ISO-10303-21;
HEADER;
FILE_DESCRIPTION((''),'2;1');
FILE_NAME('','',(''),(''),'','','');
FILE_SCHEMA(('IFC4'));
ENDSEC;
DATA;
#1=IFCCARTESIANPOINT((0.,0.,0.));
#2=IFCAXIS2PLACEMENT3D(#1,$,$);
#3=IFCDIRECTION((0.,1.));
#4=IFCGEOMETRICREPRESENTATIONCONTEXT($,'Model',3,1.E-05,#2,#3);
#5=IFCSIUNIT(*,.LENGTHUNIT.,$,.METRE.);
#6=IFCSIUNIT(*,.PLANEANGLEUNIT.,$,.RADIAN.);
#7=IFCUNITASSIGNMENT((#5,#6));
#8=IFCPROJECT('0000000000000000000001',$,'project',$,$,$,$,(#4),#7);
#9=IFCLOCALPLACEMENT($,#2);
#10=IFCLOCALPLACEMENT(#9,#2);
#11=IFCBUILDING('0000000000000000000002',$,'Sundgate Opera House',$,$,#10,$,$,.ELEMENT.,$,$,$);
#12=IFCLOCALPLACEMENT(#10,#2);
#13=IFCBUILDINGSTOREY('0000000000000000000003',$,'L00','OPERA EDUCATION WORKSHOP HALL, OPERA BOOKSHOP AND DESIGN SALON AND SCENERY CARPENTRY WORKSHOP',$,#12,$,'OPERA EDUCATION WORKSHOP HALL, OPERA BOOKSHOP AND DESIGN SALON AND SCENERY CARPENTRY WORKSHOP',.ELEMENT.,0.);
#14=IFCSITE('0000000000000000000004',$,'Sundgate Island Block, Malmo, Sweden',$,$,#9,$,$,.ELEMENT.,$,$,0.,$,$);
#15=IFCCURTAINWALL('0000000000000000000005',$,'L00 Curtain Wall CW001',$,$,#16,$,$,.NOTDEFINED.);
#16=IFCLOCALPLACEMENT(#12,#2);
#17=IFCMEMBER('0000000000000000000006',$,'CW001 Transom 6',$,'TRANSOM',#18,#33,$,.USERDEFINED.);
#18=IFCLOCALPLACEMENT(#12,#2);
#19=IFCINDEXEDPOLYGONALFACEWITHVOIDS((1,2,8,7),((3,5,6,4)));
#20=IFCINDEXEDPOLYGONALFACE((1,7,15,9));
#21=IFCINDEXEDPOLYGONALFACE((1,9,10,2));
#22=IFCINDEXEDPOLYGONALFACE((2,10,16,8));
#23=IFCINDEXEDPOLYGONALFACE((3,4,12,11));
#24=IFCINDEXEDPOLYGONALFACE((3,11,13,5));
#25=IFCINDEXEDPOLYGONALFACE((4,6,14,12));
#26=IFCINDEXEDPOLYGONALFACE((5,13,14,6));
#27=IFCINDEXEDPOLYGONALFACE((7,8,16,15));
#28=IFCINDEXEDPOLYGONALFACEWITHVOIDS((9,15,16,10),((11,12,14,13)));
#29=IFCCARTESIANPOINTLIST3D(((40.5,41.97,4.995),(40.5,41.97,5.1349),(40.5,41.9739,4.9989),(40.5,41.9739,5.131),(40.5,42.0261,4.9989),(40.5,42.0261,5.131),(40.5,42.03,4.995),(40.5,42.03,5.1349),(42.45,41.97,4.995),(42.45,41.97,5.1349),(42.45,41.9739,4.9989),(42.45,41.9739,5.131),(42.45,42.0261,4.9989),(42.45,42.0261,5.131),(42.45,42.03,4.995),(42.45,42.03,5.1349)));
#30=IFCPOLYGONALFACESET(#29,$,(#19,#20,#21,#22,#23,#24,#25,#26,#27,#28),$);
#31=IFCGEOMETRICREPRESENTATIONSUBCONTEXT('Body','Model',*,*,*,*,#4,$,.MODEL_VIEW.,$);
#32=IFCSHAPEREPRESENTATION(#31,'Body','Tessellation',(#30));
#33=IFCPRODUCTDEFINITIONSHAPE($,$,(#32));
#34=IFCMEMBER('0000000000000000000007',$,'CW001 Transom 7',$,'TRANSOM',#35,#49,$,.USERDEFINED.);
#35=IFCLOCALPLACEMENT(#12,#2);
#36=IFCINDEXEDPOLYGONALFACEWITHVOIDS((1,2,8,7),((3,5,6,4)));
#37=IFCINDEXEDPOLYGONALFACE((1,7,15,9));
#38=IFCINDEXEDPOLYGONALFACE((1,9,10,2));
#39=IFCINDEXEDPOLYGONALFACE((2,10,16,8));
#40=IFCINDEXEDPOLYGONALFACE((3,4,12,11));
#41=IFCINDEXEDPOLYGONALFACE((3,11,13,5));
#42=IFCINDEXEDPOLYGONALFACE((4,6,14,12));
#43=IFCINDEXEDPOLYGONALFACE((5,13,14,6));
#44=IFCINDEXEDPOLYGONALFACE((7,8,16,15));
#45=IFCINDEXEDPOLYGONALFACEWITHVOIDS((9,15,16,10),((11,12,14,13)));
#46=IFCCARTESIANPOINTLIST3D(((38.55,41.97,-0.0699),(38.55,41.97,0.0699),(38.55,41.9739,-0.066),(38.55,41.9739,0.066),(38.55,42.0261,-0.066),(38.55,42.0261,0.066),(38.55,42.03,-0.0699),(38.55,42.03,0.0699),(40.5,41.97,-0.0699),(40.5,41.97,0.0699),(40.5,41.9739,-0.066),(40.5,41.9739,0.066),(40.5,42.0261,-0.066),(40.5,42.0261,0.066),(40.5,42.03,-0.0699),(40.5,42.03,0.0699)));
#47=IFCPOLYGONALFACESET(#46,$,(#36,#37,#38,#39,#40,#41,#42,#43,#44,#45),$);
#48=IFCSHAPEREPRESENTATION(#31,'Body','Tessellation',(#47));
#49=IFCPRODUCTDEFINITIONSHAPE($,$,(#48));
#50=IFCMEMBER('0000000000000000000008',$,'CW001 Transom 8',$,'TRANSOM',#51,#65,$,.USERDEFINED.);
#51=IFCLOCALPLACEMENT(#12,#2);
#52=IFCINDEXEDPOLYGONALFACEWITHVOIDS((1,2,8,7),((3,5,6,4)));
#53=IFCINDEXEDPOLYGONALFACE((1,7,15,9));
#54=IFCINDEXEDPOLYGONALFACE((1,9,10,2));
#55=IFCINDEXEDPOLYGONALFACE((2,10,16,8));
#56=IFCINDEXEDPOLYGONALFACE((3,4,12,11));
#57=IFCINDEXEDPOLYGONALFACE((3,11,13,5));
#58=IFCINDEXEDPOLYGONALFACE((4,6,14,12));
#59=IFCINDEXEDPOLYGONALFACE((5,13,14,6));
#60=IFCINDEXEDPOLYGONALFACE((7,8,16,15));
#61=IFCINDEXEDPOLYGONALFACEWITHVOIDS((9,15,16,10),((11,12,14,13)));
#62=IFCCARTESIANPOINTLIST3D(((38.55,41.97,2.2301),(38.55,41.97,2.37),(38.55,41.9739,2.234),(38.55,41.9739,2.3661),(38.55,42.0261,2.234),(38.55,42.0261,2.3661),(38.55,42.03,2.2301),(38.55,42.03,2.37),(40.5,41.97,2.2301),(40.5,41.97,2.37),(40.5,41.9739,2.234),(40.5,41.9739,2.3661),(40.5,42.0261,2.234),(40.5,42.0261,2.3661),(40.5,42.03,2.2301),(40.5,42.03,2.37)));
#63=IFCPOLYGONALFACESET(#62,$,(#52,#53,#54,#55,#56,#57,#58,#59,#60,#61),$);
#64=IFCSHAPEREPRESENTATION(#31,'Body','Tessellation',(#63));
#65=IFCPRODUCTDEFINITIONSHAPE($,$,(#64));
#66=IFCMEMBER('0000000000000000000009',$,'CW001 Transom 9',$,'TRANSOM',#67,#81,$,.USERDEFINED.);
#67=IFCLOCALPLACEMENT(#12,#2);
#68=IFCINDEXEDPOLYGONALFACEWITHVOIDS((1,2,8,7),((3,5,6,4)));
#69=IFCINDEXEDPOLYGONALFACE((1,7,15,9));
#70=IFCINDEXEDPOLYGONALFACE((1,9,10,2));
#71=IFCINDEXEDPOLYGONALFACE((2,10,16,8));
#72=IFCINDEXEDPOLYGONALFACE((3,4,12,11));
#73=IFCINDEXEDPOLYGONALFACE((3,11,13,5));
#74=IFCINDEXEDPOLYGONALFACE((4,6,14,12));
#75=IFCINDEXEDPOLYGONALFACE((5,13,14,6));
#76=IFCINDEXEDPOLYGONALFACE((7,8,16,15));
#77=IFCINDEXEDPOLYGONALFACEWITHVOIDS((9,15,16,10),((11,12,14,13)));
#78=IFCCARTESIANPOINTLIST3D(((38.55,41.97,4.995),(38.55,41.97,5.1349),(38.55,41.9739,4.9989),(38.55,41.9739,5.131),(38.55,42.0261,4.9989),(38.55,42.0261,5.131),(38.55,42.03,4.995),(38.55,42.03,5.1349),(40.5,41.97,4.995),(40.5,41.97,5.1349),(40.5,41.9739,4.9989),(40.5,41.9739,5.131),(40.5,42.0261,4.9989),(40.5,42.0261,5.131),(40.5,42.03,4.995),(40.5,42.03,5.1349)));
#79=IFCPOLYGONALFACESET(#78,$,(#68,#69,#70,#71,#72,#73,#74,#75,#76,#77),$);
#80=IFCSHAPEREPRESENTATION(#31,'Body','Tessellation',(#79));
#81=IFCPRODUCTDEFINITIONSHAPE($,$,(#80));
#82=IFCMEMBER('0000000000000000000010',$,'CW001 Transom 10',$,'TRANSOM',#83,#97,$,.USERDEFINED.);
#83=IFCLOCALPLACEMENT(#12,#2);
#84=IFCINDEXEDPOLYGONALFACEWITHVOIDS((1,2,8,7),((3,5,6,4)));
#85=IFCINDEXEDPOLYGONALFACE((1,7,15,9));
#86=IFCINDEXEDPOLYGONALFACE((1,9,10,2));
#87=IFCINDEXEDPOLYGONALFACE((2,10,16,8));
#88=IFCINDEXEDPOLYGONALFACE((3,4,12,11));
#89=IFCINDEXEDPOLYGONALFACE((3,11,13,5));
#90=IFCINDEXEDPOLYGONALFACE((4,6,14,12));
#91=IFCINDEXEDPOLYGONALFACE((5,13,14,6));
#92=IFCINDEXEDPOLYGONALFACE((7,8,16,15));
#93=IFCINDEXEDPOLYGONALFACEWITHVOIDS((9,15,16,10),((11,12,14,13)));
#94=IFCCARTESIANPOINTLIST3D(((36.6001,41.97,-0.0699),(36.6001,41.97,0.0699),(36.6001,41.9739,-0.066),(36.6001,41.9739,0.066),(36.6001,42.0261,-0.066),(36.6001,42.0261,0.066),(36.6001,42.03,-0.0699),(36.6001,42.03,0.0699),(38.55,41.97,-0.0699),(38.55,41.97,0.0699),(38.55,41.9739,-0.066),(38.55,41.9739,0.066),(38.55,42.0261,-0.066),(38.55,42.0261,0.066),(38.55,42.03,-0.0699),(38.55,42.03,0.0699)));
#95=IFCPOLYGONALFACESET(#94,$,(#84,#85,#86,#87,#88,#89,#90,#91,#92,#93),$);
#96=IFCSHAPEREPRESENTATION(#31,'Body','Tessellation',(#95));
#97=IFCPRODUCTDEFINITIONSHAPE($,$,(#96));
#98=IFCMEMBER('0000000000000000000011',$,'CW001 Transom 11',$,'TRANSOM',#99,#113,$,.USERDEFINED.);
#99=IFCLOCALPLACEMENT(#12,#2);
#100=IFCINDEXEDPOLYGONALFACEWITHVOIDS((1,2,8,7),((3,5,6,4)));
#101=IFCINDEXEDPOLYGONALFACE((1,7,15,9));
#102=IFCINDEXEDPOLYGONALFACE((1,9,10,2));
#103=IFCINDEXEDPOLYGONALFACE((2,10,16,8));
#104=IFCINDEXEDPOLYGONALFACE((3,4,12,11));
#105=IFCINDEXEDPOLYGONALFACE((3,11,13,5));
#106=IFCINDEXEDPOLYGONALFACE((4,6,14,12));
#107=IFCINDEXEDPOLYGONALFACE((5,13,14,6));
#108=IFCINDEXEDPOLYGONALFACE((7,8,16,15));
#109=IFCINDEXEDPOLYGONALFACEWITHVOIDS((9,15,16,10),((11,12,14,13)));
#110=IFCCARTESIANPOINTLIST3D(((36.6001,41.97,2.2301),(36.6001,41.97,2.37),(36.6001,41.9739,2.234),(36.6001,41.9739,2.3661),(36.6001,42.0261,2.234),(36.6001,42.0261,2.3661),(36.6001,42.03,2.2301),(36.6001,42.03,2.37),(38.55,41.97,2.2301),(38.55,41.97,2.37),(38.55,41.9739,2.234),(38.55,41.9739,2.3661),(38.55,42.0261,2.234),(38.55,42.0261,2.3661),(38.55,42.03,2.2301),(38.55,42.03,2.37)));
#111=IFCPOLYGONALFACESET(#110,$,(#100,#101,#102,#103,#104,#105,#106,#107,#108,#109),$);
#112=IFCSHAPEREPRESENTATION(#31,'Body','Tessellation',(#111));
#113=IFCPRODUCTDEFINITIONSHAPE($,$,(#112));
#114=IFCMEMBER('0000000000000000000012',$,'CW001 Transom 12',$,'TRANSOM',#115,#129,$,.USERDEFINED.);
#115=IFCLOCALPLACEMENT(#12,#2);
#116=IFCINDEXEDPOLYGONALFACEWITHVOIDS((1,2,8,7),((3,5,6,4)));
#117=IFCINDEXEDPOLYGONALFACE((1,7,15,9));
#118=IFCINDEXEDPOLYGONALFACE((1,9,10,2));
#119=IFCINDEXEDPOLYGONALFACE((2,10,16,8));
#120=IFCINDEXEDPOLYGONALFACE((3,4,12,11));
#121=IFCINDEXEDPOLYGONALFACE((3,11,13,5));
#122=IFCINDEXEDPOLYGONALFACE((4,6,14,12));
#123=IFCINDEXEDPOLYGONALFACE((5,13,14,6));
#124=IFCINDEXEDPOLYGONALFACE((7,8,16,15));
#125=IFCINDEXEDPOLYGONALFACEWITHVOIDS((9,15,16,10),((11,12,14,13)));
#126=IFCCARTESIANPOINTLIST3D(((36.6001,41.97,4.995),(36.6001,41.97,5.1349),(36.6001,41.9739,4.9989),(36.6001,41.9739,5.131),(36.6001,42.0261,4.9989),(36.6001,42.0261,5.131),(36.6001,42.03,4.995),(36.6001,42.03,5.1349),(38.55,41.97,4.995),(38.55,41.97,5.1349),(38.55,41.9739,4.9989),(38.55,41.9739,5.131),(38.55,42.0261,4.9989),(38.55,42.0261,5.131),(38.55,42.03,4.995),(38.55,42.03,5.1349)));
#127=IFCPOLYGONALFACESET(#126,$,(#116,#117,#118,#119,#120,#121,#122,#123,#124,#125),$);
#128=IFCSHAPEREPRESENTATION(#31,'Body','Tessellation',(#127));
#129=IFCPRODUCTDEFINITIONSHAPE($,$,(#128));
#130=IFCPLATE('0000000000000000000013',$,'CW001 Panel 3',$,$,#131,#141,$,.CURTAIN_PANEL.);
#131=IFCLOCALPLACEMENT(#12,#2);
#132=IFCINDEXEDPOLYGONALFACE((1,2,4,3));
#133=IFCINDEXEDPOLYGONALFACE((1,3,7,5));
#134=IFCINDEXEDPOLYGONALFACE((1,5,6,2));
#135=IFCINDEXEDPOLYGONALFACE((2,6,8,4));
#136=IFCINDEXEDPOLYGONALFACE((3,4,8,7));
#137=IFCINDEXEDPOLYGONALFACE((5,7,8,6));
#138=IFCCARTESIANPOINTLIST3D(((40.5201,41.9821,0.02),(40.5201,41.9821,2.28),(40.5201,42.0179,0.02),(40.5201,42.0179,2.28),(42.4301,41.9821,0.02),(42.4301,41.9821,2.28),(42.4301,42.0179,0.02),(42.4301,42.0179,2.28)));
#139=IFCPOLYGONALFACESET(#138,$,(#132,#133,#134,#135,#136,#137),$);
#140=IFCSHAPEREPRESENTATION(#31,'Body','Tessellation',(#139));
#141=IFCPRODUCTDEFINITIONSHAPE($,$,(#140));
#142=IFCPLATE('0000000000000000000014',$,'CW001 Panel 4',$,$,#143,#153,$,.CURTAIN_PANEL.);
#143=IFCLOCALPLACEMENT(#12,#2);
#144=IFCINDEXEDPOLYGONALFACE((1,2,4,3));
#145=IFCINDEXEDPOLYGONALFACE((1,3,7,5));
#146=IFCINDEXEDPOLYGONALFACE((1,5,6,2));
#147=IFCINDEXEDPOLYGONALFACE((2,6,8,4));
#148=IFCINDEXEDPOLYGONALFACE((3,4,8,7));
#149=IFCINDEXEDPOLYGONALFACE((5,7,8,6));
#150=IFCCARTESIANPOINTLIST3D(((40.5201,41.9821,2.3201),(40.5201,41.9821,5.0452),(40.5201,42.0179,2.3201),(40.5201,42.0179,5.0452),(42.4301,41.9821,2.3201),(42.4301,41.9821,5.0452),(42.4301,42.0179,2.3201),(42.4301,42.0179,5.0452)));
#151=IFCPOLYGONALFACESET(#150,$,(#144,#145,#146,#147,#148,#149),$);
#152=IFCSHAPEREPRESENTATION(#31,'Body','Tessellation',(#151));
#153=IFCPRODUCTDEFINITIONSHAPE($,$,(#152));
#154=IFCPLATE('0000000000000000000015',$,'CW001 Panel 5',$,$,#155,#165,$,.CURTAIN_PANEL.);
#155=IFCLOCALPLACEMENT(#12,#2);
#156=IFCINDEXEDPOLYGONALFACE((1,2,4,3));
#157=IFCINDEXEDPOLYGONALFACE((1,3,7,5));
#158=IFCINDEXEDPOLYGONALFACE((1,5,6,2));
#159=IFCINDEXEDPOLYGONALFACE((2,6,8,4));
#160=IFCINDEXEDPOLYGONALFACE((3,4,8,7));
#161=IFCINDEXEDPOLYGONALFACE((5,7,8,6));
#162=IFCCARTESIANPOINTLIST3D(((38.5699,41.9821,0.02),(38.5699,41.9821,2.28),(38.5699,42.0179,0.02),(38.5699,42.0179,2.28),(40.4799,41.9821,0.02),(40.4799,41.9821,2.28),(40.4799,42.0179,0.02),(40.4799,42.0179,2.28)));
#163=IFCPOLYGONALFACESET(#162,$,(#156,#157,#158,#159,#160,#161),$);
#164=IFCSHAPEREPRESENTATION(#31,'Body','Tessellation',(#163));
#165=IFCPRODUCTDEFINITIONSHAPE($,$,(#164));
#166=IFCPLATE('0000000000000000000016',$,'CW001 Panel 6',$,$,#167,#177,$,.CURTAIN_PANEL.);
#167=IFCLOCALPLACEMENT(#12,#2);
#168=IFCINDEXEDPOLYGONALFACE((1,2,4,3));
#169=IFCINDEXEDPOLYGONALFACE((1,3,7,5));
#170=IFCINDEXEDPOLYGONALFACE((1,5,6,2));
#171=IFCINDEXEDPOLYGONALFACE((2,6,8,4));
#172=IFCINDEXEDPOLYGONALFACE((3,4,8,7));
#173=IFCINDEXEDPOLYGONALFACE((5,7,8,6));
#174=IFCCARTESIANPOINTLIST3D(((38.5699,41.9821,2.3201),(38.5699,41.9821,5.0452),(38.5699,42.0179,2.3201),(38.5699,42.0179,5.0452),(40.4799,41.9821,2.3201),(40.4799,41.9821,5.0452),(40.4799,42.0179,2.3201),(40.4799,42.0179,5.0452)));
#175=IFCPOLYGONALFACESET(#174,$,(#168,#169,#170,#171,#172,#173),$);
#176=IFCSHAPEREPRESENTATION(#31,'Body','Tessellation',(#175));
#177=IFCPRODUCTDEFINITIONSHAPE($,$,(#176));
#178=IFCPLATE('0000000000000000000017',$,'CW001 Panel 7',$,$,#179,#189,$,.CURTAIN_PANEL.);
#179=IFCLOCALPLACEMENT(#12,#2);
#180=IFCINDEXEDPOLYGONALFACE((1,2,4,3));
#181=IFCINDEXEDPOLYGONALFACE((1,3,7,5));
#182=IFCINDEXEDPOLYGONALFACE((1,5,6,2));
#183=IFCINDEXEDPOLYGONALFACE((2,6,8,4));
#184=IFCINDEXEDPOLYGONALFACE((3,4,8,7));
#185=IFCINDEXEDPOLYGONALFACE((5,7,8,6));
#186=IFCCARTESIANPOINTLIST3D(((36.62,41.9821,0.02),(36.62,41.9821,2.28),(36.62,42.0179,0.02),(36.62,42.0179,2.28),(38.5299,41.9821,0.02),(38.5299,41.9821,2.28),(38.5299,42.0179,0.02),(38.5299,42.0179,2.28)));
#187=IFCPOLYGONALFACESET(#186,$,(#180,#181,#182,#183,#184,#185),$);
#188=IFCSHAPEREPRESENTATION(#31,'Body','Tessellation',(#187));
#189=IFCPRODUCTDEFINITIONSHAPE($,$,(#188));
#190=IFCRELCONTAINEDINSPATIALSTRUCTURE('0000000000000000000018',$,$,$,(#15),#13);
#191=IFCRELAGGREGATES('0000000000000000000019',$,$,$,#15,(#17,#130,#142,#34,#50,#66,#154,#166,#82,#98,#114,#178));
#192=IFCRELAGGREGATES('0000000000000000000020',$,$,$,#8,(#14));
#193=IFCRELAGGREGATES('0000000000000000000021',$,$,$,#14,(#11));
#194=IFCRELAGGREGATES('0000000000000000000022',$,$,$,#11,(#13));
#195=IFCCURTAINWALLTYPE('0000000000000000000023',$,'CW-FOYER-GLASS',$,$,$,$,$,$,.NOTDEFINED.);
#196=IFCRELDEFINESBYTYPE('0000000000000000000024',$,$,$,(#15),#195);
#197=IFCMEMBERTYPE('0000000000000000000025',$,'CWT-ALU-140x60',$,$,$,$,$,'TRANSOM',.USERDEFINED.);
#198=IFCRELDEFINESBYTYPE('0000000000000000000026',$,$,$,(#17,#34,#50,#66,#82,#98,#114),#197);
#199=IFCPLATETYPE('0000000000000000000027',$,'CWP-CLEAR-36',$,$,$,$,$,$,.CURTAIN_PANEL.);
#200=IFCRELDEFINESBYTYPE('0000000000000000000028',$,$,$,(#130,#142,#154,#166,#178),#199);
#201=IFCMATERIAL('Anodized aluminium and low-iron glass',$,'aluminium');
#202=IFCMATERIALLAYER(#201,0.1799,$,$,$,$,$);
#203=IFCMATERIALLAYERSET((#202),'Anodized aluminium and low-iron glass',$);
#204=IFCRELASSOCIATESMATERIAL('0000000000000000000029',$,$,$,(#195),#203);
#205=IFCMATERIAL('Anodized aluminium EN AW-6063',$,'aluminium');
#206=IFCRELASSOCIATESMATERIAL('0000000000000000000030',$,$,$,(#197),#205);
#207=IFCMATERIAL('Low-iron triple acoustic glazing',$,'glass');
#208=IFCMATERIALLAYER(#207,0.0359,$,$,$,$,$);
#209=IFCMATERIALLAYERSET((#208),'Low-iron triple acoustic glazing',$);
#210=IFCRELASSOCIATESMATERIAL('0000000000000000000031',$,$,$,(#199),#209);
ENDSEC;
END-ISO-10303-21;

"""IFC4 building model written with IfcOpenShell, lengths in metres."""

from ifc_helpers import new_model, si_unit, direction, frame, origin, origin_2d, place, context, subcontext, project, spatial, rectangle, hollow_rectangle, extrude, material, layer, layer_set, material_profile, profile_set, type_object, element, aggregate, save


model = new_model("IFC4")

# Units and contexts
model_context = context("Model", 3, precision=1e-05, world=origin(), true_north=direction((0.0, 1.0)))
body_context = subcontext(model_context, "Body", "Model", "MODEL_VIEW")
ifc_project = project(units=[si_unit("LENGTHUNIT", "METRE"), si_unit("PLANEANGLEUNIT", "RADIAN")], contexts=[model_context])

# Site, building, storey
site_placement = place(None, origin())
site = spatial("IfcSite", under=ifc_project, at=site_placement, Name="Sundgate Island Block, Malmo, Sweden", CompositionType="ELEMENT", RefElevation=0.0)
building_placement = place(site_placement, origin())
building = spatial("IfcBuilding", under=site, at=building_placement, Name="Sundgate Opera House", CompositionType="ELEMENT")
storey_placement = place(building_placement, origin())
storey = spatial("IfcBuildingStorey", under=building, at=storey_placement, Name="L00", Description="OPERA EDUCATION WORKSHOP HALL, OPERA BOOKSHOP AND DESIGN SALON AND SCENERY CARPENTRY WORKSHOP", LongName="OPERA EDUCATION WORKSHOP HALL, OPERA BOOKSHOP AND DESIGN SALON AND SCENERY CARPENTRY WORKSHOP", CompositionType="ELEMENT", Elevation=0.0)

# Curtain wall, members, plates
ifc_material_1 = material(Name="Anodized aluminium and low-iron glass", Category="aluminium")
ifc_layer_1 = layer(ifc_material_1, 0.1799)
ifc_layer_set_1 = layer_set([ifc_layer_1], Name="Anodized aluminium and low-iron glass")
curtain_wall_type = type_object("IfcCurtainWallType", Name="CW-FOYER-GLASS", PredefinedType="NOTDEFINED", material=ifc_layer_set_1)
curtain_wall_placement = place(storey_placement, origin())
curtain_wall = element("IfcCurtainWall", 1, at=curtain_wall_placement, inside=storey, type_object=curtain_wall_type, Name="L00 Curtain Wall CW001", PredefinedType="NOTDEFINED")
ifc_material_2 = material(Name="Anodized aluminium EN AW-6063", Category="aluminium")
ifc_material_profile_1 = material_profile(ifc_material_2, hollow_rectangle(XDim=0.0601, YDim=0.1399, WallThickness=0.0039, at=origin_2d()), Name="CWT 140x60x4")
ifc_profile_set_1 = profile_set([ifc_material_profile_1], Name="Anodized aluminium EN AW-6063")
member_type_1 = type_object("IfcMemberType", Name="CWT-ALU-140x60", ElementType="TRANSOM", PredefinedType="USERDEFINED", material=ifc_profile_set_1)
member_1_placement = place(storey_placement, frame((42.45, 42.0, 5.0649), z_axis=(-1.0, 0.0, 0.0), x_axis=(0.0, -1.0, 0.0)))
member_1 = element("IfcMember", 2, at=member_1_placement, type_object=member_type_1, Name="CW001 Transom 6", ObjectType="TRANSOM", PredefinedType="USERDEFINED", context=body_context, shape_type="SweptSolid", body=[
    extrude(hollow_rectangle(XDim=0.0601, YDim=0.1399, WallThickness=0.0039, at=origin_2d()), origin(), (0.0, 0.0, 1.0), 1.95),
])
member_2_placement = place(storey_placement, frame((40.5, 42.0, 0.0), z_axis=(-1.0, 0.0, 0.0), x_axis=(0.0, -1.0, 0.0)))
member_2 = element("IfcMember", 3, at=member_2_placement, type_object=member_type_1, Name="CW001 Transom 7", ObjectType="TRANSOM", PredefinedType="USERDEFINED", context=body_context, shape_type="SweptSolid", body=[
    extrude(hollow_rectangle(XDim=0.0601, YDim=0.1399, WallThickness=0.0039, at=origin_2d()), origin(), (0.0, 0.0, 1.0), 1.95),
])
member_3_placement = place(storey_placement, frame((40.5, 42.0, 2.3), z_axis=(-1.0, 0.0, 0.0), x_axis=(0.0, -1.0, 0.0)))
member_3 = element("IfcMember", 4, at=member_3_placement, type_object=member_type_1, Name="CW001 Transom 8", ObjectType="TRANSOM", PredefinedType="USERDEFINED", context=body_context, shape_type="SweptSolid", body=[
    extrude(hollow_rectangle(XDim=0.0601, YDim=0.1399, WallThickness=0.0039, at=origin_2d()), origin(), (0.0, 0.0, 1.0), 1.95),
])
member_4_placement = place(storey_placement, frame((40.5, 42.0, 5.0649), z_axis=(-1.0, 0.0, 0.0), x_axis=(0.0, -1.0, 0.0)))
member_4 = element("IfcMember", 5, at=member_4_placement, type_object=member_type_1, Name="CW001 Transom 9", ObjectType="TRANSOM", PredefinedType="USERDEFINED", context=body_context, shape_type="SweptSolid", body=[
    extrude(hollow_rectangle(XDim=0.0601, YDim=0.1399, WallThickness=0.0039, at=origin_2d()), origin(), (0.0, 0.0, 1.0), 1.95),
])
member_5_placement = place(storey_placement, frame((38.55, 42.0, 0.0), z_axis=(-1.0, 0.0, 0.0), x_axis=(0.0, -1.0, 0.0)))
member_5 = element("IfcMember", 6, at=member_5_placement, type_object=member_type_1, Name="CW001 Transom 10", ObjectType="TRANSOM", PredefinedType="USERDEFINED", context=body_context, shape_type="SweptSolid", body=[
    extrude(hollow_rectangle(XDim=0.0601, YDim=0.1399, WallThickness=0.0039, at=origin_2d()), origin(), (0.0, 0.0, 1.0), 1.95),
])
member_6_placement = place(storey_placement, frame((38.55, 42.0, 2.3), z_axis=(-1.0, 0.0, 0.0), x_axis=(0.0, -1.0, 0.0)))
member_6 = element("IfcMember", 7, at=member_6_placement, type_object=member_type_1, Name="CW001 Transom 11", ObjectType="TRANSOM", PredefinedType="USERDEFINED", context=body_context, shape_type="SweptSolid", body=[
    extrude(hollow_rectangle(XDim=0.0601, YDim=0.1399, WallThickness=0.0039, at=origin_2d()), origin(), (0.0, 0.0, 1.0), 1.95),
])
member_7_placement = place(storey_placement, frame((38.55, 42.0, 5.0649), z_axis=(-1.0, 0.0, 0.0), x_axis=(0.0, -1.0, 0.0)))
member_7 = element("IfcMember", 8, at=member_7_placement, type_object=member_type_1, Name="CW001 Transom 12", ObjectType="TRANSOM", PredefinedType="USERDEFINED", context=body_context, shape_type="SweptSolid", body=[
    extrude(hollow_rectangle(XDim=0.0601, YDim=0.1399, WallThickness=0.0039, at=origin_2d()), origin(), (0.0, 0.0, 1.0), 1.95),
])
ifc_material_3 = material(Name="Low-iron triple acoustic glazing", Category="glass")
ifc_layer_2 = layer(ifc_material_3, 0.0359)
ifc_layer_set_2 = layer_set([ifc_layer_2], Name="Low-iron triple acoustic glazing")
plate_type = type_object("IfcPlateType", Name="CWP-CLEAR-36", PredefinedType="CURTAIN_PANEL", material=ifc_layer_set_2)
plate_1_placement = place(storey_placement, frame((41.4751, 42.0, 0.02), z_axis=(0.0, 0.0, 1.0), x_axis=(-1.0, 0.0, 0.0)))
plate_1 = element("IfcPlate", 9, at=plate_1_placement, type_object=plate_type, Name="CW001 Panel 3", PredefinedType="CURTAIN_PANEL", context=body_context, shape_type="SweptSolid", body=[
    extrude(rectangle(XDim=1.9099, YDim=0.0359, at=origin_2d()), origin(), (0.0, 0.0, 1.0), 2.26),
])
plate_2_placement = place(storey_placement, frame((41.4751, 42.0, 2.3201), z_axis=(0.0, 0.0, 1.0), x_axis=(-1.0, 0.0, 0.0)))
plate_2 = element("IfcPlate", 10, at=plate_2_placement, type_object=plate_type, Name="CW001 Panel 4", PredefinedType="CURTAIN_PANEL", context=body_context, shape_type="SweptSolid", body=[
    extrude(rectangle(XDim=1.9099, YDim=0.0359, at=origin_2d()), origin(), (0.0, 0.0, 1.0), 2.7251),
])
plate_3_placement = place(storey_placement, frame((39.5249, 42.0, 0.02), z_axis=(0.0, 0.0, 1.0), x_axis=(-1.0, 0.0, 0.0)))
plate_3 = element("IfcPlate", 11, at=plate_3_placement, type_object=plate_type, Name="CW001 Panel 5", PredefinedType="CURTAIN_PANEL", context=body_context, shape_type="SweptSolid", body=[
    extrude(rectangle(XDim=1.9099, YDim=0.0359, at=origin_2d()), origin(), (0.0, 0.0, 1.0), 2.26),
])
plate_4_placement = place(storey_placement, frame((39.5249, 42.0, 2.3201), z_axis=(0.0, 0.0, 1.0), x_axis=(-1.0, 0.0, 0.0)))
plate_4 = element("IfcPlate", 12, at=plate_4_placement, type_object=plate_type, Name="CW001 Panel 6", PredefinedType="CURTAIN_PANEL", context=body_context, shape_type="SweptSolid", body=[
    extrude(rectangle(XDim=1.9099, YDim=0.0359, at=origin_2d()), origin(), (0.0, 0.0, 1.0), 2.7251),
])
plate_5_placement = place(storey_placement, frame((37.575, 42.0, 0.02), z_axis=(0.0, 0.0, 1.0), x_axis=(-1.0, 0.0, 0.0)))
plate_5 = element("IfcPlate", 13, at=plate_5_placement, type_object=plate_type, Name="CW001 Panel 7", PredefinedType="CURTAIN_PANEL", context=body_context, shape_type="SweptSolid", body=[
    extrude(rectangle(XDim=1.9099, YDim=0.0359, at=origin_2d()), origin(), (0.0, 0.0, 1.0), 2.26),
])
aggregate(curtain_wall, [member_1, plate_1, plate_2, member_2, member_3, member_4, plate_3, plate_4, member_5, member_6, member_7, plate_5])

save(model, "model.ifc")
